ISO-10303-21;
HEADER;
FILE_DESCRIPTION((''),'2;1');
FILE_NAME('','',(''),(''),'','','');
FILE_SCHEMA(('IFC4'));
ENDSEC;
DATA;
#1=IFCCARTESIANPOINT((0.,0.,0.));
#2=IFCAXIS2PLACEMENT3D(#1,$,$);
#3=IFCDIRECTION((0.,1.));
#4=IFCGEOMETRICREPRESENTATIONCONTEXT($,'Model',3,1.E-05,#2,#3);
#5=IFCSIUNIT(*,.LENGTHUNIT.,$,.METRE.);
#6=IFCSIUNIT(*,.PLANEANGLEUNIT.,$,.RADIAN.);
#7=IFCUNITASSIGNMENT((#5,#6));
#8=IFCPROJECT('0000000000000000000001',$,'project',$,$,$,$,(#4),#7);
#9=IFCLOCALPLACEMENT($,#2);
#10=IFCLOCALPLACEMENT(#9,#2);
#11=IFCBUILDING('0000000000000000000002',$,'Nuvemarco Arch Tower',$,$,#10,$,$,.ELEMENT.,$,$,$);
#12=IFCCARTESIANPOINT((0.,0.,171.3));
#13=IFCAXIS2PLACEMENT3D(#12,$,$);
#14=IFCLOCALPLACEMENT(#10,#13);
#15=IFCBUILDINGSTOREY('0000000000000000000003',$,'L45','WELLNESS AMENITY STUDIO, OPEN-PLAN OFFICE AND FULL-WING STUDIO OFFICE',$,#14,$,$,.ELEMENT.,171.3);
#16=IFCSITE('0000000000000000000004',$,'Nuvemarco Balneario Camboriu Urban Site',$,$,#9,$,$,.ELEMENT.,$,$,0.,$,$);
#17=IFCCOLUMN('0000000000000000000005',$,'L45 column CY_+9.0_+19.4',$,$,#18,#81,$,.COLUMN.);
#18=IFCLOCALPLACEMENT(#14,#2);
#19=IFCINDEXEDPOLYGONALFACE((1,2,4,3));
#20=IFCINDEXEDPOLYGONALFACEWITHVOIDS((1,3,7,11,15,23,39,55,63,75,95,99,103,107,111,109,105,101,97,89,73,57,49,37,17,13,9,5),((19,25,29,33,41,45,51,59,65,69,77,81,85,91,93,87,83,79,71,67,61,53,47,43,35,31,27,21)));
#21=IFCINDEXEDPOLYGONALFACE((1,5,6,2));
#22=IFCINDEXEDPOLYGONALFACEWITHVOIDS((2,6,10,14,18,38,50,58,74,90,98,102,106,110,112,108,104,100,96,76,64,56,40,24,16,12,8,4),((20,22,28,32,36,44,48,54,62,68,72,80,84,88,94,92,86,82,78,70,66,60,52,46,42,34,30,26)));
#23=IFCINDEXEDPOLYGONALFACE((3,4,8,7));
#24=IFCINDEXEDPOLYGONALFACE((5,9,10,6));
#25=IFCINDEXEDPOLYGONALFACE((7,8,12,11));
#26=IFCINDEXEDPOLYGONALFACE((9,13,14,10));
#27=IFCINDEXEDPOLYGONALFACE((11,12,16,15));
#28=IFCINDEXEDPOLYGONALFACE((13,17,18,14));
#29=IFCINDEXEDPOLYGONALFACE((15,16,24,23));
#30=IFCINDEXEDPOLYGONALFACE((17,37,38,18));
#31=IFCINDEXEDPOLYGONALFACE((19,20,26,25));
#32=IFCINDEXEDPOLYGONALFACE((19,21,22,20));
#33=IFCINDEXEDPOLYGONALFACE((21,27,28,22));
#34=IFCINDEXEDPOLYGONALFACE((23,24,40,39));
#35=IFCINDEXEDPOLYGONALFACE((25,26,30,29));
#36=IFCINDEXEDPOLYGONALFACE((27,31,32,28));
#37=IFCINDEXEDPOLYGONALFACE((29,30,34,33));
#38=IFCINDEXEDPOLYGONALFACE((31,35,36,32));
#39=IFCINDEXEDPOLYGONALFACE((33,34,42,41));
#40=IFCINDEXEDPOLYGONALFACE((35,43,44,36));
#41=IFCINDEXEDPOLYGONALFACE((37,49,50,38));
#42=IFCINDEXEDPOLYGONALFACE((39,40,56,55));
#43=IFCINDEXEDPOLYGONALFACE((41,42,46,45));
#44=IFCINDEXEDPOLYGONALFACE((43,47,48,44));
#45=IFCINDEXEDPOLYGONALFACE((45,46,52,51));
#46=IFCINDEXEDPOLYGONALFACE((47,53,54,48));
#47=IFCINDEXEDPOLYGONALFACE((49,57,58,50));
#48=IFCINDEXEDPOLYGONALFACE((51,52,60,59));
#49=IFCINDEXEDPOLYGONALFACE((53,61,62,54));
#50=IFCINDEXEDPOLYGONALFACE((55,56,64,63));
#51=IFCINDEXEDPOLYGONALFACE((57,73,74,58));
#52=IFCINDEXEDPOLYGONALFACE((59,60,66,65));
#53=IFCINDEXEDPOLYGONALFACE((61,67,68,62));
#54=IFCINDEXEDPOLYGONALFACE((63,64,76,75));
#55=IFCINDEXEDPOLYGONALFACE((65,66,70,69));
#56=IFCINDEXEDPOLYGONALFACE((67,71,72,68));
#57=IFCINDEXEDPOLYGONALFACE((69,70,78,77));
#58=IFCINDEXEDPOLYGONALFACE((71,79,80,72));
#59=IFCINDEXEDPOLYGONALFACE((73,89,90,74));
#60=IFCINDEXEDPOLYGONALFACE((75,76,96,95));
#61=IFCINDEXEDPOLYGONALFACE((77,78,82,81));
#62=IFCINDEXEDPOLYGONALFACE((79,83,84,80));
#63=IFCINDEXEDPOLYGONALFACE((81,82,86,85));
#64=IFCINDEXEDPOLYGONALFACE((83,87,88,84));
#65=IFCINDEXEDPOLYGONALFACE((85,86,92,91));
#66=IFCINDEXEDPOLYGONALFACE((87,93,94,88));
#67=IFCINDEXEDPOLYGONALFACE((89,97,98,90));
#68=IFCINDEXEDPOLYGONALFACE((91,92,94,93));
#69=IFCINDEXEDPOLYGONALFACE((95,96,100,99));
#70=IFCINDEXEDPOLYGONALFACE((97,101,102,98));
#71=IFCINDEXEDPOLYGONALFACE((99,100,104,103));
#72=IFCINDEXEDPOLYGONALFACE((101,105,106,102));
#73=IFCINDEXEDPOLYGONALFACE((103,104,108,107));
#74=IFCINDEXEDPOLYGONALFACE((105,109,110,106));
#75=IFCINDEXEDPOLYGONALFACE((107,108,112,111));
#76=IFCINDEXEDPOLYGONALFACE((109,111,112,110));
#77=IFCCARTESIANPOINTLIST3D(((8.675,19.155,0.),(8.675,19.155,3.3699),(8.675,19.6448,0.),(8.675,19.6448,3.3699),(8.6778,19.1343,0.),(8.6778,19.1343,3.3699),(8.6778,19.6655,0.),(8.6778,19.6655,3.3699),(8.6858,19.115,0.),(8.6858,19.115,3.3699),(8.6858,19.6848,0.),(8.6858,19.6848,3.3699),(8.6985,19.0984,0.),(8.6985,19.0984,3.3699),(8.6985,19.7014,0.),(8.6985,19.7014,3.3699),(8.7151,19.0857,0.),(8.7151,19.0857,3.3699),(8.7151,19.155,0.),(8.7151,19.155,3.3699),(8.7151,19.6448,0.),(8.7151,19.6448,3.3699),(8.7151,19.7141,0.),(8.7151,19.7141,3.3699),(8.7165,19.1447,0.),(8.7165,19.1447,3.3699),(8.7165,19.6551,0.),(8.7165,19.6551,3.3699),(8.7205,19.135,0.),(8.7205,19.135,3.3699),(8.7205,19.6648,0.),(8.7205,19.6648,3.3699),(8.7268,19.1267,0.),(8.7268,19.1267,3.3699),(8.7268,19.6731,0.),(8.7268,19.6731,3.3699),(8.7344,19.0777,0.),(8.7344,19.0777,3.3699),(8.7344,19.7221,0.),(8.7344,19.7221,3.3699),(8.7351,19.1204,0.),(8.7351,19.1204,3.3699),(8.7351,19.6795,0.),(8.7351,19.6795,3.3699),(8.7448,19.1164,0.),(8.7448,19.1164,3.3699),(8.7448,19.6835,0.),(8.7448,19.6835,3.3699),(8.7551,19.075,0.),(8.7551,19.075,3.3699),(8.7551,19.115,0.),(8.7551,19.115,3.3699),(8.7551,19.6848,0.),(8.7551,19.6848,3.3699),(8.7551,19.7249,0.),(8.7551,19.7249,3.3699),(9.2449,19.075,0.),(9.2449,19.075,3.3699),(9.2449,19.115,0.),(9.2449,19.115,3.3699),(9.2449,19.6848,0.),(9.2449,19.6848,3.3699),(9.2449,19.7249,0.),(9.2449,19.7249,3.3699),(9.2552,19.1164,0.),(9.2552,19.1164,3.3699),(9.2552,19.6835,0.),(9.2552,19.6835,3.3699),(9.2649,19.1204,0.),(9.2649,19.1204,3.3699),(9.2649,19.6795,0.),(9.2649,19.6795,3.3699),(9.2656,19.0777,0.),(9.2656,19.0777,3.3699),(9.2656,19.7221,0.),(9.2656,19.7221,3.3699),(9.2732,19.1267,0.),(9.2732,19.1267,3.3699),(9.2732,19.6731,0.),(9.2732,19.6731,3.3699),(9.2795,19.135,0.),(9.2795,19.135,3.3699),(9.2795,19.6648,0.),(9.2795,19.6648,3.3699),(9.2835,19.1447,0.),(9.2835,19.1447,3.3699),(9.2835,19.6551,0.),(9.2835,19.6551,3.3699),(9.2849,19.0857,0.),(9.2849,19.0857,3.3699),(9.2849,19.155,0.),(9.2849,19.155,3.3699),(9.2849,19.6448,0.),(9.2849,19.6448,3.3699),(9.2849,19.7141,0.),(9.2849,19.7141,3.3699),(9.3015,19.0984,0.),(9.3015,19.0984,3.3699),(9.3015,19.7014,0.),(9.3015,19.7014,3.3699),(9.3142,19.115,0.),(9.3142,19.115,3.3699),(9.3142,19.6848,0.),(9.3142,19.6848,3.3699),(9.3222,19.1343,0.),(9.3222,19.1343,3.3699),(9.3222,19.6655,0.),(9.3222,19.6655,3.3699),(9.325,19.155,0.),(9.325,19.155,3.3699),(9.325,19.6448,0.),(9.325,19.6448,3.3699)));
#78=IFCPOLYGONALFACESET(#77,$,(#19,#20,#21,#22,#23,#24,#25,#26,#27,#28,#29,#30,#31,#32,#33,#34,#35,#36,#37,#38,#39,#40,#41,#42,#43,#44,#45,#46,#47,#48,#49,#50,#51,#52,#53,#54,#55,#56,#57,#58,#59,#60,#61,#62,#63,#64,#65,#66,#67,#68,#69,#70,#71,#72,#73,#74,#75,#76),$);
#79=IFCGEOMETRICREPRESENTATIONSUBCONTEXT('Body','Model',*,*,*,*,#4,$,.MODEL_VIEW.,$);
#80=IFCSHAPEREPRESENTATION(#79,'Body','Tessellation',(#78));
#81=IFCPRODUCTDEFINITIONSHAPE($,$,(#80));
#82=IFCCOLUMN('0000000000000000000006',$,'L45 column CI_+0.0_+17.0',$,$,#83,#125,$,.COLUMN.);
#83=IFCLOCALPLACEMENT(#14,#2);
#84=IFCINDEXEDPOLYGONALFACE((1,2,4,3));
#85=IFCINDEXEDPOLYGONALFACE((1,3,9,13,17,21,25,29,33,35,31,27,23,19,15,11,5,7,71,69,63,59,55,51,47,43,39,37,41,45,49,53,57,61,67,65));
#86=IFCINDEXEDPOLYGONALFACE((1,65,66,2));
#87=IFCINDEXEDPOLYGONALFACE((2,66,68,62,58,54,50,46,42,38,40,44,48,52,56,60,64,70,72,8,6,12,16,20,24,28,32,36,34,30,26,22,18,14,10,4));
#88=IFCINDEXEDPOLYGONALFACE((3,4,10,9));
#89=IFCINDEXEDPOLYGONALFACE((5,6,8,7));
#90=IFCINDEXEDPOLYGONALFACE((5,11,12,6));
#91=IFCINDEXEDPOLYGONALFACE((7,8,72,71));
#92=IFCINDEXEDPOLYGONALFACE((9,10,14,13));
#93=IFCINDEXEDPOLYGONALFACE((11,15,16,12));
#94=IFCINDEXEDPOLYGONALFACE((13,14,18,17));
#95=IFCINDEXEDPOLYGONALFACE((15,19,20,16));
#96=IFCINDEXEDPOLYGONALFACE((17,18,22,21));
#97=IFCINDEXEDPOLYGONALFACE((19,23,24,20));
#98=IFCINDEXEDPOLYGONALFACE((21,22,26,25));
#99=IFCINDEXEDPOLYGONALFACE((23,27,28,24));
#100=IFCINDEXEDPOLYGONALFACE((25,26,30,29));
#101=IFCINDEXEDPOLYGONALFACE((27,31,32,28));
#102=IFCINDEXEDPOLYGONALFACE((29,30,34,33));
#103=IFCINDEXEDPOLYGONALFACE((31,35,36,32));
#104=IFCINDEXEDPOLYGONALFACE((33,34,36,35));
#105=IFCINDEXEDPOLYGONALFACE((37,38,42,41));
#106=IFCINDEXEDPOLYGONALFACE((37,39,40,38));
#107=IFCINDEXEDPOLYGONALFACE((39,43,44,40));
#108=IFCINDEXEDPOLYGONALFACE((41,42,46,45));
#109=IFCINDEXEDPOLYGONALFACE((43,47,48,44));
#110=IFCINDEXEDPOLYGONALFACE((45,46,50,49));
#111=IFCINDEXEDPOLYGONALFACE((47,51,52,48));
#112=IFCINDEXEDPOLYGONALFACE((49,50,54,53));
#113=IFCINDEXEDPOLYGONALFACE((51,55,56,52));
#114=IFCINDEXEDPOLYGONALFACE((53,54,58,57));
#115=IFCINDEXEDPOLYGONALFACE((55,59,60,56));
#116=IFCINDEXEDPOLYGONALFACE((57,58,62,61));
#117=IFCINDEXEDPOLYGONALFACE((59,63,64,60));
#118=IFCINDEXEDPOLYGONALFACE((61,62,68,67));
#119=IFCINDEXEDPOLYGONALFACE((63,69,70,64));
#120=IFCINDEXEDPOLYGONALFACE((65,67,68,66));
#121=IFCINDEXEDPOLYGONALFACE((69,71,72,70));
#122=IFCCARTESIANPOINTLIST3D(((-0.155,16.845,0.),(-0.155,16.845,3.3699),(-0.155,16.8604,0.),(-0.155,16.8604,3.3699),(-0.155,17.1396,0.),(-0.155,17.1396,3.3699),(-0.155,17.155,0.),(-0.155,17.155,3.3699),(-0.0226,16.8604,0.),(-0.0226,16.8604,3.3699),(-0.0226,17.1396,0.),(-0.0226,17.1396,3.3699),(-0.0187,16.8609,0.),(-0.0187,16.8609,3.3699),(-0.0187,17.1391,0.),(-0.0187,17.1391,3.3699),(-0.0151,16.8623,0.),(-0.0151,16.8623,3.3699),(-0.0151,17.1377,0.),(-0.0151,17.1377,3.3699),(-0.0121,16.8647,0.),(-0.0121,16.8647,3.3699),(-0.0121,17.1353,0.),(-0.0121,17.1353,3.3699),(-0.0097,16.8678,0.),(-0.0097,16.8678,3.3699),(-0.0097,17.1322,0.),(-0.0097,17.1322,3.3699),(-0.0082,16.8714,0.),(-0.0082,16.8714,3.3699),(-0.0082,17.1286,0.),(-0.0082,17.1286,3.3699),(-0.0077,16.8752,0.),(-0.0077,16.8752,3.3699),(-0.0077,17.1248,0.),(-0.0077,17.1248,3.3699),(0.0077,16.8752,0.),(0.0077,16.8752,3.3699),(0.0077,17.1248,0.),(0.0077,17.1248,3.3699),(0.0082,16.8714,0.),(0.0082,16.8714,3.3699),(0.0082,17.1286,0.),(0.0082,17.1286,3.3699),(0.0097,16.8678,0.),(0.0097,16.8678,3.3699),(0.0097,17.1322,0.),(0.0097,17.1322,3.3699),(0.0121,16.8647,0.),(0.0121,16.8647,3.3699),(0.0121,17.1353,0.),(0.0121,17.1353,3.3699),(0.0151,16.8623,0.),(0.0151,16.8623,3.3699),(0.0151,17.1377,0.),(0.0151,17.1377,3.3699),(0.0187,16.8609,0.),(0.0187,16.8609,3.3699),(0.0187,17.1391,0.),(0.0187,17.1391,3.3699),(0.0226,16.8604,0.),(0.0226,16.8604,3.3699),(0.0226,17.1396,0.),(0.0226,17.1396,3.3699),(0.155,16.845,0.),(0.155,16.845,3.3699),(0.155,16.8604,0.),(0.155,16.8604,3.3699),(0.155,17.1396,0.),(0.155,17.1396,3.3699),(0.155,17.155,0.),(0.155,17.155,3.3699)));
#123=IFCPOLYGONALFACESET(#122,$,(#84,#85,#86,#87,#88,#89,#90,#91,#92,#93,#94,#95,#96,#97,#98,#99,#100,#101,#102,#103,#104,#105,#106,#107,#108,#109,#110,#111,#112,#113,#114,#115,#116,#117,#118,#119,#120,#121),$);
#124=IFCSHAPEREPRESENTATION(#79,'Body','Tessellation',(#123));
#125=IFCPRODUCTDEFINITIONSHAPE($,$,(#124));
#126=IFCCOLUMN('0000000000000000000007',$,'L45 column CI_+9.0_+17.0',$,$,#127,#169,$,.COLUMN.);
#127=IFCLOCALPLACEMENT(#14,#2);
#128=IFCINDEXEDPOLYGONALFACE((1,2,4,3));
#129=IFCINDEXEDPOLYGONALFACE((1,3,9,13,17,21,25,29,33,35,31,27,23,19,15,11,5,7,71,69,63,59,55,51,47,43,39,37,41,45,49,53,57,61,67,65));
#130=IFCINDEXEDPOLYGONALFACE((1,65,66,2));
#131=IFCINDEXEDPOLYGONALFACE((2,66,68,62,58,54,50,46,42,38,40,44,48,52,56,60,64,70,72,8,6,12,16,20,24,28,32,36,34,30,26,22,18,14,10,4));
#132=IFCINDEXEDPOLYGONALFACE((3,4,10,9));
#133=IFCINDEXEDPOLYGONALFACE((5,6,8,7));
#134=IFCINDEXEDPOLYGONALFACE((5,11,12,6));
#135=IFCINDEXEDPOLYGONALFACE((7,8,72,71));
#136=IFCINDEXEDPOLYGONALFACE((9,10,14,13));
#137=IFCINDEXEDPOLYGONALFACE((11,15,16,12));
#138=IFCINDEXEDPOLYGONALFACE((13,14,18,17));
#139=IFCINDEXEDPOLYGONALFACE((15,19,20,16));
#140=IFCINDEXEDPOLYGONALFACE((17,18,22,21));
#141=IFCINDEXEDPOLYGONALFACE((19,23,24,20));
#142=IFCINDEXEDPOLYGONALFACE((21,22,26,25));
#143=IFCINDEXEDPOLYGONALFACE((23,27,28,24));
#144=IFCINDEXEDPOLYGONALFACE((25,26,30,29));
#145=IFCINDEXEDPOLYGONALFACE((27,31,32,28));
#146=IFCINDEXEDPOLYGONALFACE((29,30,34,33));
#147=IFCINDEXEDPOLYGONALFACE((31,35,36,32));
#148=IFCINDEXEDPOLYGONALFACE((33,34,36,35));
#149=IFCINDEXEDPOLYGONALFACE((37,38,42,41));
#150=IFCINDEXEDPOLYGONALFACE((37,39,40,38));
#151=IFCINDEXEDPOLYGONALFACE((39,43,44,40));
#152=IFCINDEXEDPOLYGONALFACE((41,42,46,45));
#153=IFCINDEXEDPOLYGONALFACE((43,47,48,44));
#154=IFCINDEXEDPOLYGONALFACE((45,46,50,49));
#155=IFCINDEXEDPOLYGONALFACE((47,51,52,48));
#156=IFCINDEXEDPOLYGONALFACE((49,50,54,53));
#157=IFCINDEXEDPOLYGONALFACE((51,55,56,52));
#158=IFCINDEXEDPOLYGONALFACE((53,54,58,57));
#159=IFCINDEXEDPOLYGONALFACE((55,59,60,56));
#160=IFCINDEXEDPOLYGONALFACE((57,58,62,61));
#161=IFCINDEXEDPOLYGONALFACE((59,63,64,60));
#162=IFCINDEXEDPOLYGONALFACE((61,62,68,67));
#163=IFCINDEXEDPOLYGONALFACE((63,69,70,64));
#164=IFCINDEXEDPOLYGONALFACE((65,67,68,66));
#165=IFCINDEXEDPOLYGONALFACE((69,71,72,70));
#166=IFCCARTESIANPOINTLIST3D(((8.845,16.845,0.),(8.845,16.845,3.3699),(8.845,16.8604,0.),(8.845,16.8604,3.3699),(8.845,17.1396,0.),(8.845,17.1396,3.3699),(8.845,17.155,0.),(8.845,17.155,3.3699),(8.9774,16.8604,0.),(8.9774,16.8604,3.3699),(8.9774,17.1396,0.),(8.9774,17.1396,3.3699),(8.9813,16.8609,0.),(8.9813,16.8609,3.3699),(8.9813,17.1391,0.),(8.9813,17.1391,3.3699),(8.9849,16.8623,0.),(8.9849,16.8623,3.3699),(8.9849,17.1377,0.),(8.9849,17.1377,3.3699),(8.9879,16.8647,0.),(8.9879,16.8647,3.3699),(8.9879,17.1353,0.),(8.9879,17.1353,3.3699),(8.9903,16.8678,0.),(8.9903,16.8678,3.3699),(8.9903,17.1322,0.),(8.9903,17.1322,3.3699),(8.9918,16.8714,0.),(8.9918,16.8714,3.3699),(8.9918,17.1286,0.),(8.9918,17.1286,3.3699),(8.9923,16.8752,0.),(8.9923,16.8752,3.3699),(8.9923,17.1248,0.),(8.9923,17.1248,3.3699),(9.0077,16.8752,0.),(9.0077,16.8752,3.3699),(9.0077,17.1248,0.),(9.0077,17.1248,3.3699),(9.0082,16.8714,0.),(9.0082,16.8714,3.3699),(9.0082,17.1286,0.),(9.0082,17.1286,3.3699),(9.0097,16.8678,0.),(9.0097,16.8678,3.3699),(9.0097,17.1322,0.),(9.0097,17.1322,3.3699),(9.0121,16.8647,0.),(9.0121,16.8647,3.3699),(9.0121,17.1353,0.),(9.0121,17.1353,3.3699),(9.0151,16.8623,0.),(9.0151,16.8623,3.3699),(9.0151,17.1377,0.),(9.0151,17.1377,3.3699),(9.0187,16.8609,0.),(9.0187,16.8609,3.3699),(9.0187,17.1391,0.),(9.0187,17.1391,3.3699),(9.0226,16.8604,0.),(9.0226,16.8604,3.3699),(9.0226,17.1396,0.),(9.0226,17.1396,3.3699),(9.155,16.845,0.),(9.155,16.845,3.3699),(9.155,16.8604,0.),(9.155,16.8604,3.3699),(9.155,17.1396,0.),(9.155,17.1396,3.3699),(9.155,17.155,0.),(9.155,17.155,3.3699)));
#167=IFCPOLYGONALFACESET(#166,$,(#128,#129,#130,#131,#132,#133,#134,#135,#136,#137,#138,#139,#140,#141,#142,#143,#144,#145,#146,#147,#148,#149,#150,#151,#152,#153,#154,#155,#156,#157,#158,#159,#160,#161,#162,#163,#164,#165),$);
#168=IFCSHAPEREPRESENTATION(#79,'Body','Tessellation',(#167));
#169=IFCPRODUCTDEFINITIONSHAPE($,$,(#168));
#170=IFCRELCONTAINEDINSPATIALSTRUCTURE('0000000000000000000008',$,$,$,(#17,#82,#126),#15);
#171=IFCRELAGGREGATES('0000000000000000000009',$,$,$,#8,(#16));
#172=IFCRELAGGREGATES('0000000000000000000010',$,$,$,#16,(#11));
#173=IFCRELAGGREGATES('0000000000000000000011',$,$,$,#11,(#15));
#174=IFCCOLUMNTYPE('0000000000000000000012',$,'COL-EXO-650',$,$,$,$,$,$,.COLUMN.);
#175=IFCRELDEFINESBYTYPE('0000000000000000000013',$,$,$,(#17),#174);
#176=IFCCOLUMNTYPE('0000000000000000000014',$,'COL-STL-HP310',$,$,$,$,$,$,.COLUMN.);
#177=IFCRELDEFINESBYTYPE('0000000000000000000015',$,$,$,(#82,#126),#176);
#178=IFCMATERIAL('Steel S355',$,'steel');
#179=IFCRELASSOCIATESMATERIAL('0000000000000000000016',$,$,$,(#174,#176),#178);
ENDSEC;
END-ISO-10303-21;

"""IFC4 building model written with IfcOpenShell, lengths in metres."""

from ifc_helpers import new_model, si_unit, direction, frame, origin, origin_2d, place, context, subcontext, project, spatial, hollow_rectangle, i_section, extrude, material, material_profile, profile_set, type_object, element, save


model = new_model("IFC4")

# Units and contexts
model_context = context("Model", 3, precision=1e-05, world=origin(), true_north=direction((0.0, 1.0)))
body_context = subcontext(model_context, "Body", "Model", "MODEL_VIEW")
ifc_project = project(units=[si_unit("LENGTHUNIT", "METRE"), si_unit("PLANEANGLEUNIT", "RADIAN")], contexts=[model_context])

# Site, building, storey
site_placement = place(None, origin())
site = spatial("IfcSite", under=ifc_project, at=site_placement, Name="Nuvemarco Balneario Camboriu Urban Site", CompositionType="ELEMENT", RefElevation=0.0)
building_placement = place(site_placement, origin())
building = spatial("IfcBuilding", under=site, at=building_placement, Name="Nuvemarco Arch Tower", CompositionType="ELEMENT")
storey_placement = place(building_placement, frame((0.0, 0.0, 171.3)))
storey = spatial("IfcBuildingStorey", under=building, at=storey_placement, Name="L45", Description="WELLNESS AMENITY STUDIO, OPEN-PLAN OFFICE AND FULL-WING STUDIO OFFICE", CompositionType="ELEMENT", Elevation=171.3)

# Columns
ifc_material_1 = material(Name="Steel S355", Category="steel")
ifc_material_profile_1 = material_profile(ifc_material_1, hollow_rectangle(XDim=0.6499, YDim=0.6499, WallThickness=0.04, InnerFilletRadius=0.04, OuterFilletRadius=0.0801, at=origin_2d()), Name="SHS650x650x40")
ifc_profile_set_1 = profile_set([ifc_material_profile_1], Name="Steel S355")
column_type_1 = type_object("IfcColumnType", Name="COL-EXO-650", PredefinedType="COLUMN", material=ifc_profile_set_1)
column_placement = place(storey_placement, frame((9.0, 19.3999, 0.0), z_axis=(0.0, 0.0, 1.0), x_axis=(1.0, 0.0, 0.0)))
element("IfcColumn", 1, at=column_placement, inside=storey, type_object=column_type_1, Name="L45 column CY_+9.0_+19.4", PredefinedType="COLUMN", context=body_context, shape_type="SweptSolid", body=[
    extrude(hollow_rectangle(XDim=0.6499, YDim=0.6499, WallThickness=0.04, InnerFilletRadius=0.04, OuterFilletRadius=0.0801, at=origin_2d()), origin(), (0.0, 0.0, 1.0), 3.3699),
])
ifc_material_profile_2 = material_profile(ifc_material_1, i_section(OverallWidth=0.3101, OverallDepth=0.3101, WebThickness=0.0154, FlangeThickness=0.0154, FilletRadius=0.0149, at=origin_2d()), Name="HP310x110")
ifc_profile_set_2 = profile_set([ifc_material_profile_2], Name="Steel S355")
column_type_2 = type_object("IfcColumnType", Name="COL-STL-HP310", PredefinedType="COLUMN", material=ifc_profile_set_2)
for number, where, z_axis, x_axis, name in (
    (2, (0.0, 17.0, 0.0), (0.0, 0.0, 1.0), (1.0, 0.0, 0.0), "L45 column CI_+0.0_+17.0"),
    (3, (9.0, 17.0, 0.0), (0.0, 0.0, 1.0), (1.0, 0.0, 0.0), "L45 column CI_+9.0_+17.0"),
):
    element("IfcColumn", number, at=place(storey_placement, frame(where, z_axis=z_axis, x_axis=x_axis)), inside=storey, type_object=column_type_2, Name=name, PredefinedType="COLUMN", context=body_context, shape_type="SweptSolid", body=[
        extrude(i_section(OverallWidth=0.3101, OverallDepth=0.3101, WebThickness=0.0154, FlangeThickness=0.0154, FilletRadius=0.0149, at=origin_2d()), origin(), (0.0, 0.0, 1.0), 3.3699),
    ])

save(model, "model.ifc")
